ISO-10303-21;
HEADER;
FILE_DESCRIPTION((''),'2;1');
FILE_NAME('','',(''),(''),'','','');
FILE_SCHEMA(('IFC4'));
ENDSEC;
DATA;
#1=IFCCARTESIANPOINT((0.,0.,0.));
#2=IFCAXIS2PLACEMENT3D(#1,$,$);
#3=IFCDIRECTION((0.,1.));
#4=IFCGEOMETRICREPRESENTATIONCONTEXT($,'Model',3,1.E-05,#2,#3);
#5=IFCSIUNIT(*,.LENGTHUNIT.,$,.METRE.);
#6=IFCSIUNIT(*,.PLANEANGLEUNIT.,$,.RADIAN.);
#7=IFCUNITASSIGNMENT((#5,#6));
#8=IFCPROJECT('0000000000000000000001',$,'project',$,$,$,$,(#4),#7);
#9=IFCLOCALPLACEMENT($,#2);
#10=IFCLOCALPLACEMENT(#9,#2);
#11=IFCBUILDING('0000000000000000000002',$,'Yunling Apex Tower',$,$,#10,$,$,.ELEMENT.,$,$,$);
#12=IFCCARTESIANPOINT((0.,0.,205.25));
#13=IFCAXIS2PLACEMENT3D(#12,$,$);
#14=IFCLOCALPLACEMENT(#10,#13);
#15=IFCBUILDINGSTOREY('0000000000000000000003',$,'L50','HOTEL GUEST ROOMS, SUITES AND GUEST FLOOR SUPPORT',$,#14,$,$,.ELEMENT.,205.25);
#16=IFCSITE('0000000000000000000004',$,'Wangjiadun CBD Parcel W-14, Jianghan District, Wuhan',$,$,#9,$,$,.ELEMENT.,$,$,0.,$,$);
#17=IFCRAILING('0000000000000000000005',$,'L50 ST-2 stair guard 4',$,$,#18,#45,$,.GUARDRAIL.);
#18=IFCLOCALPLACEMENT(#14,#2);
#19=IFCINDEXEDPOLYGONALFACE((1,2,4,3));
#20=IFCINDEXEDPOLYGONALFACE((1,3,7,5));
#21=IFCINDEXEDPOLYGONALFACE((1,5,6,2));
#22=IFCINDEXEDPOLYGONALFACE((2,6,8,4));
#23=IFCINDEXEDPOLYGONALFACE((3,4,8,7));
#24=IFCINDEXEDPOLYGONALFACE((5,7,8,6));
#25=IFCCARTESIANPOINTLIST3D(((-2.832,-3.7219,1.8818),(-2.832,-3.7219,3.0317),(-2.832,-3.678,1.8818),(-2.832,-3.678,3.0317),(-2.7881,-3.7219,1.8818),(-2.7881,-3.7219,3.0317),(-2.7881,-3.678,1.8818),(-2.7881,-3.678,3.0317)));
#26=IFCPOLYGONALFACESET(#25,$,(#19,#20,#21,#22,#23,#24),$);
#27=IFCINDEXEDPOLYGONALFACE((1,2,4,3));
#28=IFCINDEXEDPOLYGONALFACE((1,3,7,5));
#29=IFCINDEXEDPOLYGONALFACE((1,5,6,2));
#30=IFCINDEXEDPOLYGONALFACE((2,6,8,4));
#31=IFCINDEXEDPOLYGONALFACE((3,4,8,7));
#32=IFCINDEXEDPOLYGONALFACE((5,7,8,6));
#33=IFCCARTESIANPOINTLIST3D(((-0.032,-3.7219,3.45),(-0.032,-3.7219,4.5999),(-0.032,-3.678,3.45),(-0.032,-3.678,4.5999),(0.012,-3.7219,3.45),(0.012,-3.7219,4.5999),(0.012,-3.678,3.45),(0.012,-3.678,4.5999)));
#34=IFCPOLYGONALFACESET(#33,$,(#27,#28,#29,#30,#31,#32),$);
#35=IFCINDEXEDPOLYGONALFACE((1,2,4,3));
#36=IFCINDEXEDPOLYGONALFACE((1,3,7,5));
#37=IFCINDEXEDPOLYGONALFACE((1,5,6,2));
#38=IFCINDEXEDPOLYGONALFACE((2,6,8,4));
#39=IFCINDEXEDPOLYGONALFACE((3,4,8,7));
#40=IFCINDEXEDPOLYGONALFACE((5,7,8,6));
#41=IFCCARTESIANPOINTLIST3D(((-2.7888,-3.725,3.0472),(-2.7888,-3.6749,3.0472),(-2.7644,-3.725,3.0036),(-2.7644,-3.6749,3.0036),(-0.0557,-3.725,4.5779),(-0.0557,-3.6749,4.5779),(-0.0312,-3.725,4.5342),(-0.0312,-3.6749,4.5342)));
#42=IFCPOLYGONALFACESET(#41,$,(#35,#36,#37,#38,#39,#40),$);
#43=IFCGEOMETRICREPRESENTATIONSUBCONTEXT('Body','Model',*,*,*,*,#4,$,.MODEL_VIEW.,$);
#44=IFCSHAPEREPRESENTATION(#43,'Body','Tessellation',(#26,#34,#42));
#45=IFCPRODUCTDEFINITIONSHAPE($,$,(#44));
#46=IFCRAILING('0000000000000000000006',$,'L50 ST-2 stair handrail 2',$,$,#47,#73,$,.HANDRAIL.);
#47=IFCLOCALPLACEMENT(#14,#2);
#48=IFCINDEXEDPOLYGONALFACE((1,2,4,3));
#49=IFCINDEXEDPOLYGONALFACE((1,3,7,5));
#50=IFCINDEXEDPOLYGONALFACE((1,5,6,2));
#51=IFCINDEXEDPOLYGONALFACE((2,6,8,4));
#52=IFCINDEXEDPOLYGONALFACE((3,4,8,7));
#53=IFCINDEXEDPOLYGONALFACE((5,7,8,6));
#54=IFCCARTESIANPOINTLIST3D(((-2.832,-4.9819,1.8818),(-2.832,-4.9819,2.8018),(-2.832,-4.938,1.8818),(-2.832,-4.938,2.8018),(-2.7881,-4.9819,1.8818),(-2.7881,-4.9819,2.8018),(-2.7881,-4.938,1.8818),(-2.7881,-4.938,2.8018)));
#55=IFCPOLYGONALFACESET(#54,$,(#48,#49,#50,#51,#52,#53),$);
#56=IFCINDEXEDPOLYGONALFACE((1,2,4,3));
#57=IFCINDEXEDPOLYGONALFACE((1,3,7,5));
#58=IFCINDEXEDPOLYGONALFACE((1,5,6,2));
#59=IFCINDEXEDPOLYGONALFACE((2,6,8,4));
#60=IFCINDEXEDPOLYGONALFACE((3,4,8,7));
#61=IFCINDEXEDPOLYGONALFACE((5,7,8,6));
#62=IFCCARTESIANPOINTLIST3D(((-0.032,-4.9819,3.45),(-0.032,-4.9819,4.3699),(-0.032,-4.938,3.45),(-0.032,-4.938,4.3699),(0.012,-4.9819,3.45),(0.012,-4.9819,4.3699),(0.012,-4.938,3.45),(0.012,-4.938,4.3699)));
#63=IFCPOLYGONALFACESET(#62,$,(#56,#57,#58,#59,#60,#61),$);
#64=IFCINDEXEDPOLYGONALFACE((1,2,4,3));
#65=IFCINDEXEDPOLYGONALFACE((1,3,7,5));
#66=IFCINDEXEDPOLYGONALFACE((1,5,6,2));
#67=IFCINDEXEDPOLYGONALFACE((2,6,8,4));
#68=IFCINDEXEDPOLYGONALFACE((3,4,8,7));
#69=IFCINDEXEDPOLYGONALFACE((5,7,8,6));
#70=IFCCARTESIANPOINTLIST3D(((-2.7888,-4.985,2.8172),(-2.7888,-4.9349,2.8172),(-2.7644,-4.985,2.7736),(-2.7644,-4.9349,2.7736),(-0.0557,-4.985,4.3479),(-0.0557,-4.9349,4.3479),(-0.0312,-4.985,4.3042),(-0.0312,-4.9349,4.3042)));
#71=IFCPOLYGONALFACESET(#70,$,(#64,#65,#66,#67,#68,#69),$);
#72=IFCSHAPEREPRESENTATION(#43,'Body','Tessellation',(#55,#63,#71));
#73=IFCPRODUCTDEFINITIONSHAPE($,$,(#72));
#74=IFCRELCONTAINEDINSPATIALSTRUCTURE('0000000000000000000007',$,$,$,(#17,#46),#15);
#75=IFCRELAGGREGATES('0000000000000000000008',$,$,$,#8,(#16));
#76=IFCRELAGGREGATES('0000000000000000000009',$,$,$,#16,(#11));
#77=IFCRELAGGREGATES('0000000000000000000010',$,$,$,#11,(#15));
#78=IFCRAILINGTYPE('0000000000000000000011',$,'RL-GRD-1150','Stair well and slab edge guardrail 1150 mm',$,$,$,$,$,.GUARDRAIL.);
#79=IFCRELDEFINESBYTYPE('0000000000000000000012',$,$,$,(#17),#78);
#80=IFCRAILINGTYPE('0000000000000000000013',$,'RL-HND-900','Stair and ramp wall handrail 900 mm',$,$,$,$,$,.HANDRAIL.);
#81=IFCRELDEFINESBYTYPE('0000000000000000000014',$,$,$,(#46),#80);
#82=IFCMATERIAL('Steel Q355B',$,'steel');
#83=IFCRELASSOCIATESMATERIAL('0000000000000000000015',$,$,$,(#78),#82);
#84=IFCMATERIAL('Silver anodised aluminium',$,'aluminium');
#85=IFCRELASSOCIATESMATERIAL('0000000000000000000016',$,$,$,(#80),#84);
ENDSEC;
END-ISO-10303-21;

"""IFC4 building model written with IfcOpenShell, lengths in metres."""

from ifc_helpers import new_model, si_unit, direction, frame, origin, origin_2d, place, context, subcontext, project, spatial, rectangle, extrude, material, type_object, element, save


model = new_model("IFC4")

# Units and contexts
model_context = context("Model", 3, precision=1e-05, world=origin(), true_north=direction((0.0, 1.0)))
body_context = subcontext(model_context, "Body", "Model", "MODEL_VIEW")
ifc_project = project(units=[si_unit("LENGTHUNIT", "METRE"), si_unit("PLANEANGLEUNIT", "RADIAN")], contexts=[model_context])

# Site, building, storey
site_placement = place(None, origin())
site = spatial("IfcSite", under=ifc_project, at=site_placement, Name="Wangjiadun CBD Parcel W-14, Jianghan District, Wuhan", CompositionType="ELEMENT", RefElevation=0.0)
building_placement = place(site_placement, origin())
building = spatial("IfcBuilding", under=site, at=building_placement, Name="Yunling Apex Tower", CompositionType="ELEMENT")
storey_placement = place(building_placement, frame((0.0, 0.0, 205.25)))
storey = spatial("IfcBuildingStorey", under=building, at=storey_placement, Name="L50", Description="HOTEL GUEST ROOMS, SUITES AND GUEST FLOOR SUPPORT", CompositionType="ELEMENT", Elevation=205.25)

# Shared definitions
ifc_material_1 = material(Name="Steel Q355B", Category="steel")

# Shared definitions
ifc_material_2 = material(Name="Silver anodised aluminium", Category="aluminium")

# Railings
railing_type_1 = type_object("IfcRailingType", Name="RL-GRD-1150", Description="Stair well and slab edge guardrail 1150 mm", PredefinedType="GUARDRAIL", material=ifc_material_1)
railing_1_placement = place(storey_placement, frame((-2.8101, -3.7, 1.8818)))
element("IfcRailing", 1, at=railing_1_placement, inside=storey, type_object=railing_type_1, Name="L50 ST-2 stair guard 4", PredefinedType="GUARDRAIL", context=body_context, shape_type="SweptSolid", body=[
    extrude(rectangle(XDim=0.0439, YDim=0.0439, at=origin_2d()), origin(), (0.0, 0.0, 1.0), 1.1499),
    extrude(rectangle(XDim=0.0439, YDim=0.0439, at=origin_2d()), frame((2.8, 0.0, 1.5681)), (0.0, 0.0, 1.0), 1.1499),
    extrude(rectangle(XDim=0.05, YDim=0.05, at=origin_2d()), frame((0.0334, 0.0, 1.1436), z_axis=(0.872494, 0.0, 0.488624), x_axis=(0.0, 1.0, 0.0)), (0.0, 0.0, 1.0), 3.1326),
])
railing_type_2 = type_object("IfcRailingType", Name="RL-HND-900", Description="Stair and ramp wall handrail 900 mm", PredefinedType="HANDRAIL", material=ifc_material_2)
railing_2_placement = place(storey_placement, frame((-2.8101, -4.96, 1.8818)))
element("IfcRailing", 2, at=railing_2_placement, inside=storey, type_object=railing_type_2, Name="L50 ST-2 stair handrail 2", PredefinedType="HANDRAIL", context=body_context, shape_type="SweptSolid", body=[
    extrude(rectangle(XDim=0.0439, YDim=0.0439, at=origin_2d()), origin(), (0.0, 0.0, 1.0), 0.9199),
    extrude(rectangle(XDim=0.0439, YDim=0.0439, at=origin_2d()), frame((2.8, 0.0, 1.5681)), (0.0, 0.0, 1.0), 0.9199),
    extrude(rectangle(XDim=0.05, YDim=0.05, at=origin_2d()), frame((0.0334, 0.0, 0.9136), z_axis=(0.872494, 0.0, 0.488624), x_axis=(0.0, 1.0, 0.0)), (0.0, 0.0, 1.0), 3.1326),
])

save(model, "model.ifc")
